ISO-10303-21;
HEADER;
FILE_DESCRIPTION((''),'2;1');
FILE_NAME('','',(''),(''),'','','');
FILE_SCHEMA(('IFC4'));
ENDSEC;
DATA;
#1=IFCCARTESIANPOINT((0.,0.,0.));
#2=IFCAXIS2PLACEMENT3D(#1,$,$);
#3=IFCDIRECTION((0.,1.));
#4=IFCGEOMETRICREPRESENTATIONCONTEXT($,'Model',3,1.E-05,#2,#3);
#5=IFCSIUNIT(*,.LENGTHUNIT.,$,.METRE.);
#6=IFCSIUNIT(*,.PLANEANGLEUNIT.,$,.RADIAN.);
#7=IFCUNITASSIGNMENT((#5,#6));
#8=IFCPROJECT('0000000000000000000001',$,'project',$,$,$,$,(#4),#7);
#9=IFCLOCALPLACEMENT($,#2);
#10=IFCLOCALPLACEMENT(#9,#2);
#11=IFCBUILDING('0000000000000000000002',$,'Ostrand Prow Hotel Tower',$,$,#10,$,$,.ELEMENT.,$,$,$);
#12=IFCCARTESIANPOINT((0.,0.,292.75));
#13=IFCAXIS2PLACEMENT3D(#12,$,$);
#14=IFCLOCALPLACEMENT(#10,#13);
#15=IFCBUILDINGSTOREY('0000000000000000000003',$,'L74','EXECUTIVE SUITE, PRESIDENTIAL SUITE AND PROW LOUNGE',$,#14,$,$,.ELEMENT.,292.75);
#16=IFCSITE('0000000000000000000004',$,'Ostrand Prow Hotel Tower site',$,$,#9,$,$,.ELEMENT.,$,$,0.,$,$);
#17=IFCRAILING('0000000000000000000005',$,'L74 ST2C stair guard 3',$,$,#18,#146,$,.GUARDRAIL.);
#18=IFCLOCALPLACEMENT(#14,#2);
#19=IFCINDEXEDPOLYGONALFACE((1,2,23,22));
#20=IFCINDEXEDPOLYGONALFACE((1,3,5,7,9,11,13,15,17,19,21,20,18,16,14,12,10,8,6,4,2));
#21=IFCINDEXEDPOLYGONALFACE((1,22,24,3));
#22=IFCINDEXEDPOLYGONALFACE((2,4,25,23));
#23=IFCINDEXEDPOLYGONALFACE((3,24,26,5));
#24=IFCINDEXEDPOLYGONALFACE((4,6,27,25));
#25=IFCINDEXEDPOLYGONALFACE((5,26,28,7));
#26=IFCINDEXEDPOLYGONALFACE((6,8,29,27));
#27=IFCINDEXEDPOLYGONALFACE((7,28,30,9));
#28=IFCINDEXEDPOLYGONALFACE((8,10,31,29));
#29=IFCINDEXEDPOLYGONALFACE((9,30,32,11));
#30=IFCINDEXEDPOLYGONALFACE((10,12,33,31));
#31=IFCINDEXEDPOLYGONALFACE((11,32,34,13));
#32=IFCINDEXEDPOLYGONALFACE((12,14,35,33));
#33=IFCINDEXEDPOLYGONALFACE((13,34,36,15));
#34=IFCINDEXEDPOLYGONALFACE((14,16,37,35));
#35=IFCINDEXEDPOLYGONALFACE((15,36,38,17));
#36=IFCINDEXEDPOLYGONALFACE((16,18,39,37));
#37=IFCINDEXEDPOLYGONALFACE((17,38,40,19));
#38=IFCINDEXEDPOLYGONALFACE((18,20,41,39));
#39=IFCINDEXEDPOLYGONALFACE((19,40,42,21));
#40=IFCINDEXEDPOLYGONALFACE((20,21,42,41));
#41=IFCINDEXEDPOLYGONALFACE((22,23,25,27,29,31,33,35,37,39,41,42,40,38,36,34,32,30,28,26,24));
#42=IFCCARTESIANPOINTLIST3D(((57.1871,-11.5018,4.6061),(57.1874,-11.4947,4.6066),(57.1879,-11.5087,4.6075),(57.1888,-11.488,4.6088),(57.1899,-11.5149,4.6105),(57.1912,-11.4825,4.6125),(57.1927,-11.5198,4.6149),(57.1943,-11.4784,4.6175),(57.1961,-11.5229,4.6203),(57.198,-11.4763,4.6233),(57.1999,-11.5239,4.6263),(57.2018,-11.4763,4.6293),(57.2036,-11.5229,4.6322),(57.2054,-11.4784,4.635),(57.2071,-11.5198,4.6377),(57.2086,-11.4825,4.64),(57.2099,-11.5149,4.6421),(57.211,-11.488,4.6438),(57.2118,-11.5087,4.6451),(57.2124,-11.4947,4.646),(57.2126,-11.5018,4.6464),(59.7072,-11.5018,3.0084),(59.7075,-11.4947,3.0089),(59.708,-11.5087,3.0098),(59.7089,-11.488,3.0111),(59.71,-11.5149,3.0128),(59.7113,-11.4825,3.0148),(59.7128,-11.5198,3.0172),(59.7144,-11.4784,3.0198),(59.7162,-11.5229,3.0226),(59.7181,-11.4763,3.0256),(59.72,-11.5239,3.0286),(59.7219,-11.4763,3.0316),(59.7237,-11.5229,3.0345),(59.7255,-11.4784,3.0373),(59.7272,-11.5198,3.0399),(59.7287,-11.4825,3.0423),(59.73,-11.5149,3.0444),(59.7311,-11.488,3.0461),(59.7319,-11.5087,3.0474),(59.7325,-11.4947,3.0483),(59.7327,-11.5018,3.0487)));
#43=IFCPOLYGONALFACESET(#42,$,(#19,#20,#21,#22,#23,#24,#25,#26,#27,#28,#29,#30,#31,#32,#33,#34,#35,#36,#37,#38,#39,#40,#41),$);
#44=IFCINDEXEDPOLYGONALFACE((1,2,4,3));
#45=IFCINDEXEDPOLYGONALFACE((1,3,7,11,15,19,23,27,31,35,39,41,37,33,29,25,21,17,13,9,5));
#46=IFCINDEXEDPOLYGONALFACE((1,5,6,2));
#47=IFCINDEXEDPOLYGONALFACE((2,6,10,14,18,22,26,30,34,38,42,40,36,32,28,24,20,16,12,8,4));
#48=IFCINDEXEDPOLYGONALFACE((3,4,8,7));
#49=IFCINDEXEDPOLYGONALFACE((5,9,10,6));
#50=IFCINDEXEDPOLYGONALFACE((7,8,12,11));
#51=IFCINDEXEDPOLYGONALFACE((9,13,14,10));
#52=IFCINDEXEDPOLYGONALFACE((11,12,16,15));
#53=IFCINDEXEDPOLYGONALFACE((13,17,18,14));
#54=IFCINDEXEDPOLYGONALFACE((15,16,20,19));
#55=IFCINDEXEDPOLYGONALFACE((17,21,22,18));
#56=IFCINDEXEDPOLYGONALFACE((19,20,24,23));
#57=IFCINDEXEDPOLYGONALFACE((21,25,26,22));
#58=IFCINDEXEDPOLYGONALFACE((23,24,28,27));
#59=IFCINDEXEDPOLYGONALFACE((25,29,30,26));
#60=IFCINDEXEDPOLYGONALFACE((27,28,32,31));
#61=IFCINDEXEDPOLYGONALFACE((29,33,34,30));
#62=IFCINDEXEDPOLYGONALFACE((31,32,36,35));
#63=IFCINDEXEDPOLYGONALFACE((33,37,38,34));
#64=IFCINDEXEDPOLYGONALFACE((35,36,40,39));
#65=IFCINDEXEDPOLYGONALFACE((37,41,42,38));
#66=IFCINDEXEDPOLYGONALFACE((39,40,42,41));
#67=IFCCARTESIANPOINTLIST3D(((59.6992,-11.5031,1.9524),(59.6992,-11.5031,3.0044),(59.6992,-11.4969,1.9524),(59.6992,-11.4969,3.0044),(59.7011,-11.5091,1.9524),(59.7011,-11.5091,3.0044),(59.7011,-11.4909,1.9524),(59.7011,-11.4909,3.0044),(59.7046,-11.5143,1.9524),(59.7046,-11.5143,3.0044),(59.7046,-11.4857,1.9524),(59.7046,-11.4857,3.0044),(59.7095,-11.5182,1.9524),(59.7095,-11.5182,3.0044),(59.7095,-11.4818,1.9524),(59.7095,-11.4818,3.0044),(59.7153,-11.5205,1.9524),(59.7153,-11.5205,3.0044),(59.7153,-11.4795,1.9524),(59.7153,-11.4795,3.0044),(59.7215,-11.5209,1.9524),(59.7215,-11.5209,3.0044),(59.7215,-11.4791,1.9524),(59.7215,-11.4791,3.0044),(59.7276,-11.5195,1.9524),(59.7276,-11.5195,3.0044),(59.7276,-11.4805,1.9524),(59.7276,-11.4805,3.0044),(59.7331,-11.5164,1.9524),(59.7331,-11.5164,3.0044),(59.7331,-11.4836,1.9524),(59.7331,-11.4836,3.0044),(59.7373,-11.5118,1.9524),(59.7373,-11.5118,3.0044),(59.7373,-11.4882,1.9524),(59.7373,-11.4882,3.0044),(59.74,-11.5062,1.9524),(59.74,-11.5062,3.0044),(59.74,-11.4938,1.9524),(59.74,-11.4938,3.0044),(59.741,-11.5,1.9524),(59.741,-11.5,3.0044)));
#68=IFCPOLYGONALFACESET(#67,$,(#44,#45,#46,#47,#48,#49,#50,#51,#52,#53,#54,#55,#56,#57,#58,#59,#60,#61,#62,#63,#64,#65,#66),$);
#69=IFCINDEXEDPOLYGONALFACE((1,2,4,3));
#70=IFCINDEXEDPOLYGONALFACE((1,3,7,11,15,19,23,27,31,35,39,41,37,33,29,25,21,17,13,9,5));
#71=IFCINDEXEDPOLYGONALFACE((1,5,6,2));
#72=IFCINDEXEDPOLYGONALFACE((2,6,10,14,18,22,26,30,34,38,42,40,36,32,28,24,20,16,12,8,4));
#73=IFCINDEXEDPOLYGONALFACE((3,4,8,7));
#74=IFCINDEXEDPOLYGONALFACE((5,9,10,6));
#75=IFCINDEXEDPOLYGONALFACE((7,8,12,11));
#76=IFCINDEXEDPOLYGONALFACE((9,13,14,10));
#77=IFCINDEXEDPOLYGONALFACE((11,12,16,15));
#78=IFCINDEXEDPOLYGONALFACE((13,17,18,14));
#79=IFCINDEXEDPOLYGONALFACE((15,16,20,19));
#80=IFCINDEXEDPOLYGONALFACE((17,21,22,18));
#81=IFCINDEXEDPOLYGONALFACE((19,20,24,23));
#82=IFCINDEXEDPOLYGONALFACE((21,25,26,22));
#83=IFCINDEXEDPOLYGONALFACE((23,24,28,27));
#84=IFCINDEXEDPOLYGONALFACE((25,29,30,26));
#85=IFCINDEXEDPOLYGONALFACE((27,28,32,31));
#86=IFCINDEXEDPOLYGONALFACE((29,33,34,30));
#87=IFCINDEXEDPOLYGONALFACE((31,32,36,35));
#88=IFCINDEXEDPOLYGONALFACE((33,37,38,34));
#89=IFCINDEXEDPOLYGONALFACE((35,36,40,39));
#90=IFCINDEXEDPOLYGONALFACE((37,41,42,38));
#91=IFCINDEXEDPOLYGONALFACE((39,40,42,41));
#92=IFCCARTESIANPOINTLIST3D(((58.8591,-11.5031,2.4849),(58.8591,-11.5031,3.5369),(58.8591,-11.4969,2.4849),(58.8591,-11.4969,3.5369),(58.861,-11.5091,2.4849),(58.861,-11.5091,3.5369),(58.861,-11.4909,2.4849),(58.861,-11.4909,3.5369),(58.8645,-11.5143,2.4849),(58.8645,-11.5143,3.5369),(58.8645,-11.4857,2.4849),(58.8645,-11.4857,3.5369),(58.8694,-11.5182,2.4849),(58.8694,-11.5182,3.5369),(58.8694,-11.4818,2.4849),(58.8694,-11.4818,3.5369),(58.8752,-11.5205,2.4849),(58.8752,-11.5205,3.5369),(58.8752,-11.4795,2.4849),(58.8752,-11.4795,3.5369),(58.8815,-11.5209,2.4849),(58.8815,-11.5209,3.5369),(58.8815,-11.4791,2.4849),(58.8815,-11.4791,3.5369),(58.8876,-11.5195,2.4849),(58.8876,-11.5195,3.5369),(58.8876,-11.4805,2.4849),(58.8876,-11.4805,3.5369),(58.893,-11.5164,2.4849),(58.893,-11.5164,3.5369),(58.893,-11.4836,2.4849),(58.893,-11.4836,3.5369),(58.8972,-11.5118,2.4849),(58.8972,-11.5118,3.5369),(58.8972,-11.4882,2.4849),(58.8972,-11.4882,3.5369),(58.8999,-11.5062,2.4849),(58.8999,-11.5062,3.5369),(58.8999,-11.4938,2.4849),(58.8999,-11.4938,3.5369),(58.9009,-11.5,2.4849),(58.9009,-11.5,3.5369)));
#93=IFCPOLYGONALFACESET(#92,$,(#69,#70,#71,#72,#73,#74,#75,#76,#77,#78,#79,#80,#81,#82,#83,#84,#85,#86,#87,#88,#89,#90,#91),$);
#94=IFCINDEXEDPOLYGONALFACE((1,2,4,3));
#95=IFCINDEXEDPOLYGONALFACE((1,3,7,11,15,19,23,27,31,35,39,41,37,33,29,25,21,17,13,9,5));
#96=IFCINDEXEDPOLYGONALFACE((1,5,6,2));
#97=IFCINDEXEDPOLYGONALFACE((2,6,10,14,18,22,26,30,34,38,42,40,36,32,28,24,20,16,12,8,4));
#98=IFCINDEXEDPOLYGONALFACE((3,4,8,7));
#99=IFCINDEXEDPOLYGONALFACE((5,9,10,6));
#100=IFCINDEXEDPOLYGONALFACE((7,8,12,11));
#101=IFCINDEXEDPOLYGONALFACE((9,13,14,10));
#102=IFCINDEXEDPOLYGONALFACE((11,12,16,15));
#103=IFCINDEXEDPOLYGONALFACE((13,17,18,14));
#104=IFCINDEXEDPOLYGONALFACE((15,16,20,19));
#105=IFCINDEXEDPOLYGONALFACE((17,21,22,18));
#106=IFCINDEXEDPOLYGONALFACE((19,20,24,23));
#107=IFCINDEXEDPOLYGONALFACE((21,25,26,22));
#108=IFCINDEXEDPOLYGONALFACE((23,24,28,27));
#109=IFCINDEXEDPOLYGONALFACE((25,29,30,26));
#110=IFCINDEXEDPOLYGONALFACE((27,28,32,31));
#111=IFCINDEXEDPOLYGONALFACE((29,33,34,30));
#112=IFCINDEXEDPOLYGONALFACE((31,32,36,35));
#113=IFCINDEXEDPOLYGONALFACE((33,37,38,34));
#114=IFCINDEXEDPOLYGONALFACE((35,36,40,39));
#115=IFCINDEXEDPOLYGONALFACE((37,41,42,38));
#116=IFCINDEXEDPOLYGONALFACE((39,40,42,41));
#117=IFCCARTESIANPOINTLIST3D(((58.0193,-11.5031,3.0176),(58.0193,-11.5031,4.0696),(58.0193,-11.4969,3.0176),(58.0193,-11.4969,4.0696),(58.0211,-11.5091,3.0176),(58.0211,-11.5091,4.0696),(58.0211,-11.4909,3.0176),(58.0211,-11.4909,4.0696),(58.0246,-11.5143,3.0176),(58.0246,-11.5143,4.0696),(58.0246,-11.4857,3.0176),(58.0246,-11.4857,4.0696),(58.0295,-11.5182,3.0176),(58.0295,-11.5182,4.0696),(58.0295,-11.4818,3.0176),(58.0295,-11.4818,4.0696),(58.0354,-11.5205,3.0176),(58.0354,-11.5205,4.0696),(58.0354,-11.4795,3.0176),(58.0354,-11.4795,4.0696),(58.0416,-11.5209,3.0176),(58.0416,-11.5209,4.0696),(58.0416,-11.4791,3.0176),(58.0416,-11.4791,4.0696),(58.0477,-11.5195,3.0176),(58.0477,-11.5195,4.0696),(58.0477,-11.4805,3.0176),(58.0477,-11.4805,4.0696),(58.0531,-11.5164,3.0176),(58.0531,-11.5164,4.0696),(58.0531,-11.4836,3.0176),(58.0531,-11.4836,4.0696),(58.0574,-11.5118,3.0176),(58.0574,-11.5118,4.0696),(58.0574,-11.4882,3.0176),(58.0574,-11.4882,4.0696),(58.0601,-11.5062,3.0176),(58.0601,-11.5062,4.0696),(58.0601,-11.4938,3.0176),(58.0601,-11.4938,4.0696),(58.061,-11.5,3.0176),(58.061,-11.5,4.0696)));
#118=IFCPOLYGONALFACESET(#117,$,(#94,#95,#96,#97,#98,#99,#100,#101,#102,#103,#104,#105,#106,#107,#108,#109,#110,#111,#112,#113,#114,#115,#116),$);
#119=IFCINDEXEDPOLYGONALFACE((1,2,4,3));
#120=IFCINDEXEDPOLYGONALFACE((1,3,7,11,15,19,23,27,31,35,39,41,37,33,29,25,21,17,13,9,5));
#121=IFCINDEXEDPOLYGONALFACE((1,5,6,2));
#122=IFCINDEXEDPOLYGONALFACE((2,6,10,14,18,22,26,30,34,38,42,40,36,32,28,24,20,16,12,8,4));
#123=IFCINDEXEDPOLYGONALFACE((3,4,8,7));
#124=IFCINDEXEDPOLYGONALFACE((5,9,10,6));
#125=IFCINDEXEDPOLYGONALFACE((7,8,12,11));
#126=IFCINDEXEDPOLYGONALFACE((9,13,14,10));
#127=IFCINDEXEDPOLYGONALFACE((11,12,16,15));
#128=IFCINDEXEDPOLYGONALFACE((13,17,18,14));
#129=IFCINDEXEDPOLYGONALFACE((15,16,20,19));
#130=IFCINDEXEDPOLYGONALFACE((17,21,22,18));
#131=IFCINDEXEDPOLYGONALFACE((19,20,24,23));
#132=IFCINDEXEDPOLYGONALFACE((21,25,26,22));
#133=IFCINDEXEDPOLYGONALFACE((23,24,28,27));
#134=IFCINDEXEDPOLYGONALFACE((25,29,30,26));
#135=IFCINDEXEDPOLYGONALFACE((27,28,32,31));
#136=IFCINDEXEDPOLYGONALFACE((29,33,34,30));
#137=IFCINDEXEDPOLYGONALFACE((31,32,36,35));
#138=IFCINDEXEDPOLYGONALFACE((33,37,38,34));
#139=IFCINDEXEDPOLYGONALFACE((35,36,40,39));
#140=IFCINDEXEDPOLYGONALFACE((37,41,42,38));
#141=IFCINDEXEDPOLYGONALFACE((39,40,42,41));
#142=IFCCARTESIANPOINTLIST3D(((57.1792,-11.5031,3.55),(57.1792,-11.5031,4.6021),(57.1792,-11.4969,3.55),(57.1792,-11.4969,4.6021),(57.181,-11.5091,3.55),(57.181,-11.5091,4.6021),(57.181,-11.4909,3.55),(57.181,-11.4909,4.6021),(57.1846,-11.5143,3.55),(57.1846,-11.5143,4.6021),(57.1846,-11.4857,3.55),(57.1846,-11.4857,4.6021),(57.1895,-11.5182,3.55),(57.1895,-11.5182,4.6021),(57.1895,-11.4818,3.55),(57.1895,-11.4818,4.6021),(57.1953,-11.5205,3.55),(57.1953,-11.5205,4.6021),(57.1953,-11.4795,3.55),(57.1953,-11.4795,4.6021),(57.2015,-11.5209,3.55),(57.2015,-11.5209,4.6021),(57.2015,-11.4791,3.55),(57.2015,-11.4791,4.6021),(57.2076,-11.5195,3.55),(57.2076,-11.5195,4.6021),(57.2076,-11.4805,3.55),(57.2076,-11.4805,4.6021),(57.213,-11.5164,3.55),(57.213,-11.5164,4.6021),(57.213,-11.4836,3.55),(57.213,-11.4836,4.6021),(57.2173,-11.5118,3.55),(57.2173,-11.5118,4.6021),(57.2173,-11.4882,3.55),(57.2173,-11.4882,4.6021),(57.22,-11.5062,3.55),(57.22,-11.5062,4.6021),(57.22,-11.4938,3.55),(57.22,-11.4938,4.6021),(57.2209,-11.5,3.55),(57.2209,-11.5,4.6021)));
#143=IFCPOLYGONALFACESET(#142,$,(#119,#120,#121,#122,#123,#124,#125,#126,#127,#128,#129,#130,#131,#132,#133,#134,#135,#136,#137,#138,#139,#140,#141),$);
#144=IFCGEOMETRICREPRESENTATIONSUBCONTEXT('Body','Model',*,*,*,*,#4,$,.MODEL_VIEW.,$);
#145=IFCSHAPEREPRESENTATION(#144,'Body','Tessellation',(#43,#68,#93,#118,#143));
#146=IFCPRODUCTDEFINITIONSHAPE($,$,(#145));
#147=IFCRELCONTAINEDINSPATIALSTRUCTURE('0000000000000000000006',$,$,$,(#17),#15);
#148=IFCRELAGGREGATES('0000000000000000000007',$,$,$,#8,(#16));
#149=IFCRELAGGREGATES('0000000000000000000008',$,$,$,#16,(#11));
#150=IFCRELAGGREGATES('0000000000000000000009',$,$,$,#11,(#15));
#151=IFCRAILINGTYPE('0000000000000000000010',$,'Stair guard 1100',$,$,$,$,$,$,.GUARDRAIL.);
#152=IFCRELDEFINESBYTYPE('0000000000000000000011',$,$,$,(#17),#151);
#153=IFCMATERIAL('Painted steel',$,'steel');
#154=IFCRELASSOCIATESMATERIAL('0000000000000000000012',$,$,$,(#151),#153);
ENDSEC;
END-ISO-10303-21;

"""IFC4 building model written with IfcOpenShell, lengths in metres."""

from ifc_helpers import new_model, si_unit, direction, frame, origin, origin_2d, place, context, subcontext, project, spatial, circle, extrude, material, type_object, element, save


model = new_model("IFC4")

# Units and contexts
model_context = context("Model", 3, precision=1e-05, world=origin(), true_north=direction((0.0, 1.0)))
body_context = subcontext(model_context, "Body", "Model", "MODEL_VIEW")
ifc_project = project(units=[si_unit("LENGTHUNIT", "METRE"), si_unit("PLANEANGLEUNIT", "RADIAN")], contexts=[model_context])

# Site, building, storey
site_placement = place(None, origin())
site = spatial("IfcSite", under=ifc_project, at=site_placement, Name="Ostrand Prow Hotel Tower site", CompositionType="ELEMENT", RefElevation=0.0)
building_placement = place(site_placement, origin())
building = spatial("IfcBuilding", under=site, at=building_placement, Name="Ostrand Prow Hotel Tower", CompositionType="ELEMENT")
storey_placement = place(building_placement, frame((0.0, 0.0, 292.75)))
storey = spatial("IfcBuildingStorey", under=building, at=storey_placement, Name="L74", Description="EXECUTIVE SUITE, PRESIDENTIAL SUITE AND PROW LOUNGE", CompositionType="ELEMENT", Elevation=292.75)

# Railing
ifc_material_1 = material(Name="Painted steel", Category="steel")
railing_type_1 = type_object("IfcRailingType", Name="Stair guard 1100", PredefinedType="GUARDRAIL", material=ifc_material_1)
railing_1_placement = place(storey_placement, frame((59.72, -11.5, 1.9524)))
element("IfcRailing", 1, at=railing_1_placement, inside=storey, type_object=railing_type_1, Name="L74 ST2C stair guard 3", PredefinedType="GUARDRAIL", context=body_context, shape_type="SweptSolid", body=[
    extrude(circle(Radius=0.0239, at=origin_2d()), frame((0.0, 0.0, 1.0762), z_axis=(-0.84457, 0.0, 0.535445), x_axis=(0.0, -1.0, 0.0)), (0.0, 0.0, 1.0), 2.9839),
    extrude(circle(Radius=0.021, at=origin_2d()), origin(), (0.0, 0.0, 1.0), 1.052),
    extrude(circle(Radius=0.021, at=origin_2d()), frame((-0.8401, 0.0, 0.5325)), (0.0, 0.0, 1.0), 1.052),
    extrude(circle(Radius=0.021, at=origin_2d()), frame((-1.6799, 0.0, 1.0652)), (0.0, 0.0, 1.0), 1.052),
    extrude(circle(Radius=0.021, at=origin_2d()), frame((-2.52, 0.0, 1.5977)), (0.0, 0.0, 1.0), 1.052),
])

save(model, "model.ifc")
